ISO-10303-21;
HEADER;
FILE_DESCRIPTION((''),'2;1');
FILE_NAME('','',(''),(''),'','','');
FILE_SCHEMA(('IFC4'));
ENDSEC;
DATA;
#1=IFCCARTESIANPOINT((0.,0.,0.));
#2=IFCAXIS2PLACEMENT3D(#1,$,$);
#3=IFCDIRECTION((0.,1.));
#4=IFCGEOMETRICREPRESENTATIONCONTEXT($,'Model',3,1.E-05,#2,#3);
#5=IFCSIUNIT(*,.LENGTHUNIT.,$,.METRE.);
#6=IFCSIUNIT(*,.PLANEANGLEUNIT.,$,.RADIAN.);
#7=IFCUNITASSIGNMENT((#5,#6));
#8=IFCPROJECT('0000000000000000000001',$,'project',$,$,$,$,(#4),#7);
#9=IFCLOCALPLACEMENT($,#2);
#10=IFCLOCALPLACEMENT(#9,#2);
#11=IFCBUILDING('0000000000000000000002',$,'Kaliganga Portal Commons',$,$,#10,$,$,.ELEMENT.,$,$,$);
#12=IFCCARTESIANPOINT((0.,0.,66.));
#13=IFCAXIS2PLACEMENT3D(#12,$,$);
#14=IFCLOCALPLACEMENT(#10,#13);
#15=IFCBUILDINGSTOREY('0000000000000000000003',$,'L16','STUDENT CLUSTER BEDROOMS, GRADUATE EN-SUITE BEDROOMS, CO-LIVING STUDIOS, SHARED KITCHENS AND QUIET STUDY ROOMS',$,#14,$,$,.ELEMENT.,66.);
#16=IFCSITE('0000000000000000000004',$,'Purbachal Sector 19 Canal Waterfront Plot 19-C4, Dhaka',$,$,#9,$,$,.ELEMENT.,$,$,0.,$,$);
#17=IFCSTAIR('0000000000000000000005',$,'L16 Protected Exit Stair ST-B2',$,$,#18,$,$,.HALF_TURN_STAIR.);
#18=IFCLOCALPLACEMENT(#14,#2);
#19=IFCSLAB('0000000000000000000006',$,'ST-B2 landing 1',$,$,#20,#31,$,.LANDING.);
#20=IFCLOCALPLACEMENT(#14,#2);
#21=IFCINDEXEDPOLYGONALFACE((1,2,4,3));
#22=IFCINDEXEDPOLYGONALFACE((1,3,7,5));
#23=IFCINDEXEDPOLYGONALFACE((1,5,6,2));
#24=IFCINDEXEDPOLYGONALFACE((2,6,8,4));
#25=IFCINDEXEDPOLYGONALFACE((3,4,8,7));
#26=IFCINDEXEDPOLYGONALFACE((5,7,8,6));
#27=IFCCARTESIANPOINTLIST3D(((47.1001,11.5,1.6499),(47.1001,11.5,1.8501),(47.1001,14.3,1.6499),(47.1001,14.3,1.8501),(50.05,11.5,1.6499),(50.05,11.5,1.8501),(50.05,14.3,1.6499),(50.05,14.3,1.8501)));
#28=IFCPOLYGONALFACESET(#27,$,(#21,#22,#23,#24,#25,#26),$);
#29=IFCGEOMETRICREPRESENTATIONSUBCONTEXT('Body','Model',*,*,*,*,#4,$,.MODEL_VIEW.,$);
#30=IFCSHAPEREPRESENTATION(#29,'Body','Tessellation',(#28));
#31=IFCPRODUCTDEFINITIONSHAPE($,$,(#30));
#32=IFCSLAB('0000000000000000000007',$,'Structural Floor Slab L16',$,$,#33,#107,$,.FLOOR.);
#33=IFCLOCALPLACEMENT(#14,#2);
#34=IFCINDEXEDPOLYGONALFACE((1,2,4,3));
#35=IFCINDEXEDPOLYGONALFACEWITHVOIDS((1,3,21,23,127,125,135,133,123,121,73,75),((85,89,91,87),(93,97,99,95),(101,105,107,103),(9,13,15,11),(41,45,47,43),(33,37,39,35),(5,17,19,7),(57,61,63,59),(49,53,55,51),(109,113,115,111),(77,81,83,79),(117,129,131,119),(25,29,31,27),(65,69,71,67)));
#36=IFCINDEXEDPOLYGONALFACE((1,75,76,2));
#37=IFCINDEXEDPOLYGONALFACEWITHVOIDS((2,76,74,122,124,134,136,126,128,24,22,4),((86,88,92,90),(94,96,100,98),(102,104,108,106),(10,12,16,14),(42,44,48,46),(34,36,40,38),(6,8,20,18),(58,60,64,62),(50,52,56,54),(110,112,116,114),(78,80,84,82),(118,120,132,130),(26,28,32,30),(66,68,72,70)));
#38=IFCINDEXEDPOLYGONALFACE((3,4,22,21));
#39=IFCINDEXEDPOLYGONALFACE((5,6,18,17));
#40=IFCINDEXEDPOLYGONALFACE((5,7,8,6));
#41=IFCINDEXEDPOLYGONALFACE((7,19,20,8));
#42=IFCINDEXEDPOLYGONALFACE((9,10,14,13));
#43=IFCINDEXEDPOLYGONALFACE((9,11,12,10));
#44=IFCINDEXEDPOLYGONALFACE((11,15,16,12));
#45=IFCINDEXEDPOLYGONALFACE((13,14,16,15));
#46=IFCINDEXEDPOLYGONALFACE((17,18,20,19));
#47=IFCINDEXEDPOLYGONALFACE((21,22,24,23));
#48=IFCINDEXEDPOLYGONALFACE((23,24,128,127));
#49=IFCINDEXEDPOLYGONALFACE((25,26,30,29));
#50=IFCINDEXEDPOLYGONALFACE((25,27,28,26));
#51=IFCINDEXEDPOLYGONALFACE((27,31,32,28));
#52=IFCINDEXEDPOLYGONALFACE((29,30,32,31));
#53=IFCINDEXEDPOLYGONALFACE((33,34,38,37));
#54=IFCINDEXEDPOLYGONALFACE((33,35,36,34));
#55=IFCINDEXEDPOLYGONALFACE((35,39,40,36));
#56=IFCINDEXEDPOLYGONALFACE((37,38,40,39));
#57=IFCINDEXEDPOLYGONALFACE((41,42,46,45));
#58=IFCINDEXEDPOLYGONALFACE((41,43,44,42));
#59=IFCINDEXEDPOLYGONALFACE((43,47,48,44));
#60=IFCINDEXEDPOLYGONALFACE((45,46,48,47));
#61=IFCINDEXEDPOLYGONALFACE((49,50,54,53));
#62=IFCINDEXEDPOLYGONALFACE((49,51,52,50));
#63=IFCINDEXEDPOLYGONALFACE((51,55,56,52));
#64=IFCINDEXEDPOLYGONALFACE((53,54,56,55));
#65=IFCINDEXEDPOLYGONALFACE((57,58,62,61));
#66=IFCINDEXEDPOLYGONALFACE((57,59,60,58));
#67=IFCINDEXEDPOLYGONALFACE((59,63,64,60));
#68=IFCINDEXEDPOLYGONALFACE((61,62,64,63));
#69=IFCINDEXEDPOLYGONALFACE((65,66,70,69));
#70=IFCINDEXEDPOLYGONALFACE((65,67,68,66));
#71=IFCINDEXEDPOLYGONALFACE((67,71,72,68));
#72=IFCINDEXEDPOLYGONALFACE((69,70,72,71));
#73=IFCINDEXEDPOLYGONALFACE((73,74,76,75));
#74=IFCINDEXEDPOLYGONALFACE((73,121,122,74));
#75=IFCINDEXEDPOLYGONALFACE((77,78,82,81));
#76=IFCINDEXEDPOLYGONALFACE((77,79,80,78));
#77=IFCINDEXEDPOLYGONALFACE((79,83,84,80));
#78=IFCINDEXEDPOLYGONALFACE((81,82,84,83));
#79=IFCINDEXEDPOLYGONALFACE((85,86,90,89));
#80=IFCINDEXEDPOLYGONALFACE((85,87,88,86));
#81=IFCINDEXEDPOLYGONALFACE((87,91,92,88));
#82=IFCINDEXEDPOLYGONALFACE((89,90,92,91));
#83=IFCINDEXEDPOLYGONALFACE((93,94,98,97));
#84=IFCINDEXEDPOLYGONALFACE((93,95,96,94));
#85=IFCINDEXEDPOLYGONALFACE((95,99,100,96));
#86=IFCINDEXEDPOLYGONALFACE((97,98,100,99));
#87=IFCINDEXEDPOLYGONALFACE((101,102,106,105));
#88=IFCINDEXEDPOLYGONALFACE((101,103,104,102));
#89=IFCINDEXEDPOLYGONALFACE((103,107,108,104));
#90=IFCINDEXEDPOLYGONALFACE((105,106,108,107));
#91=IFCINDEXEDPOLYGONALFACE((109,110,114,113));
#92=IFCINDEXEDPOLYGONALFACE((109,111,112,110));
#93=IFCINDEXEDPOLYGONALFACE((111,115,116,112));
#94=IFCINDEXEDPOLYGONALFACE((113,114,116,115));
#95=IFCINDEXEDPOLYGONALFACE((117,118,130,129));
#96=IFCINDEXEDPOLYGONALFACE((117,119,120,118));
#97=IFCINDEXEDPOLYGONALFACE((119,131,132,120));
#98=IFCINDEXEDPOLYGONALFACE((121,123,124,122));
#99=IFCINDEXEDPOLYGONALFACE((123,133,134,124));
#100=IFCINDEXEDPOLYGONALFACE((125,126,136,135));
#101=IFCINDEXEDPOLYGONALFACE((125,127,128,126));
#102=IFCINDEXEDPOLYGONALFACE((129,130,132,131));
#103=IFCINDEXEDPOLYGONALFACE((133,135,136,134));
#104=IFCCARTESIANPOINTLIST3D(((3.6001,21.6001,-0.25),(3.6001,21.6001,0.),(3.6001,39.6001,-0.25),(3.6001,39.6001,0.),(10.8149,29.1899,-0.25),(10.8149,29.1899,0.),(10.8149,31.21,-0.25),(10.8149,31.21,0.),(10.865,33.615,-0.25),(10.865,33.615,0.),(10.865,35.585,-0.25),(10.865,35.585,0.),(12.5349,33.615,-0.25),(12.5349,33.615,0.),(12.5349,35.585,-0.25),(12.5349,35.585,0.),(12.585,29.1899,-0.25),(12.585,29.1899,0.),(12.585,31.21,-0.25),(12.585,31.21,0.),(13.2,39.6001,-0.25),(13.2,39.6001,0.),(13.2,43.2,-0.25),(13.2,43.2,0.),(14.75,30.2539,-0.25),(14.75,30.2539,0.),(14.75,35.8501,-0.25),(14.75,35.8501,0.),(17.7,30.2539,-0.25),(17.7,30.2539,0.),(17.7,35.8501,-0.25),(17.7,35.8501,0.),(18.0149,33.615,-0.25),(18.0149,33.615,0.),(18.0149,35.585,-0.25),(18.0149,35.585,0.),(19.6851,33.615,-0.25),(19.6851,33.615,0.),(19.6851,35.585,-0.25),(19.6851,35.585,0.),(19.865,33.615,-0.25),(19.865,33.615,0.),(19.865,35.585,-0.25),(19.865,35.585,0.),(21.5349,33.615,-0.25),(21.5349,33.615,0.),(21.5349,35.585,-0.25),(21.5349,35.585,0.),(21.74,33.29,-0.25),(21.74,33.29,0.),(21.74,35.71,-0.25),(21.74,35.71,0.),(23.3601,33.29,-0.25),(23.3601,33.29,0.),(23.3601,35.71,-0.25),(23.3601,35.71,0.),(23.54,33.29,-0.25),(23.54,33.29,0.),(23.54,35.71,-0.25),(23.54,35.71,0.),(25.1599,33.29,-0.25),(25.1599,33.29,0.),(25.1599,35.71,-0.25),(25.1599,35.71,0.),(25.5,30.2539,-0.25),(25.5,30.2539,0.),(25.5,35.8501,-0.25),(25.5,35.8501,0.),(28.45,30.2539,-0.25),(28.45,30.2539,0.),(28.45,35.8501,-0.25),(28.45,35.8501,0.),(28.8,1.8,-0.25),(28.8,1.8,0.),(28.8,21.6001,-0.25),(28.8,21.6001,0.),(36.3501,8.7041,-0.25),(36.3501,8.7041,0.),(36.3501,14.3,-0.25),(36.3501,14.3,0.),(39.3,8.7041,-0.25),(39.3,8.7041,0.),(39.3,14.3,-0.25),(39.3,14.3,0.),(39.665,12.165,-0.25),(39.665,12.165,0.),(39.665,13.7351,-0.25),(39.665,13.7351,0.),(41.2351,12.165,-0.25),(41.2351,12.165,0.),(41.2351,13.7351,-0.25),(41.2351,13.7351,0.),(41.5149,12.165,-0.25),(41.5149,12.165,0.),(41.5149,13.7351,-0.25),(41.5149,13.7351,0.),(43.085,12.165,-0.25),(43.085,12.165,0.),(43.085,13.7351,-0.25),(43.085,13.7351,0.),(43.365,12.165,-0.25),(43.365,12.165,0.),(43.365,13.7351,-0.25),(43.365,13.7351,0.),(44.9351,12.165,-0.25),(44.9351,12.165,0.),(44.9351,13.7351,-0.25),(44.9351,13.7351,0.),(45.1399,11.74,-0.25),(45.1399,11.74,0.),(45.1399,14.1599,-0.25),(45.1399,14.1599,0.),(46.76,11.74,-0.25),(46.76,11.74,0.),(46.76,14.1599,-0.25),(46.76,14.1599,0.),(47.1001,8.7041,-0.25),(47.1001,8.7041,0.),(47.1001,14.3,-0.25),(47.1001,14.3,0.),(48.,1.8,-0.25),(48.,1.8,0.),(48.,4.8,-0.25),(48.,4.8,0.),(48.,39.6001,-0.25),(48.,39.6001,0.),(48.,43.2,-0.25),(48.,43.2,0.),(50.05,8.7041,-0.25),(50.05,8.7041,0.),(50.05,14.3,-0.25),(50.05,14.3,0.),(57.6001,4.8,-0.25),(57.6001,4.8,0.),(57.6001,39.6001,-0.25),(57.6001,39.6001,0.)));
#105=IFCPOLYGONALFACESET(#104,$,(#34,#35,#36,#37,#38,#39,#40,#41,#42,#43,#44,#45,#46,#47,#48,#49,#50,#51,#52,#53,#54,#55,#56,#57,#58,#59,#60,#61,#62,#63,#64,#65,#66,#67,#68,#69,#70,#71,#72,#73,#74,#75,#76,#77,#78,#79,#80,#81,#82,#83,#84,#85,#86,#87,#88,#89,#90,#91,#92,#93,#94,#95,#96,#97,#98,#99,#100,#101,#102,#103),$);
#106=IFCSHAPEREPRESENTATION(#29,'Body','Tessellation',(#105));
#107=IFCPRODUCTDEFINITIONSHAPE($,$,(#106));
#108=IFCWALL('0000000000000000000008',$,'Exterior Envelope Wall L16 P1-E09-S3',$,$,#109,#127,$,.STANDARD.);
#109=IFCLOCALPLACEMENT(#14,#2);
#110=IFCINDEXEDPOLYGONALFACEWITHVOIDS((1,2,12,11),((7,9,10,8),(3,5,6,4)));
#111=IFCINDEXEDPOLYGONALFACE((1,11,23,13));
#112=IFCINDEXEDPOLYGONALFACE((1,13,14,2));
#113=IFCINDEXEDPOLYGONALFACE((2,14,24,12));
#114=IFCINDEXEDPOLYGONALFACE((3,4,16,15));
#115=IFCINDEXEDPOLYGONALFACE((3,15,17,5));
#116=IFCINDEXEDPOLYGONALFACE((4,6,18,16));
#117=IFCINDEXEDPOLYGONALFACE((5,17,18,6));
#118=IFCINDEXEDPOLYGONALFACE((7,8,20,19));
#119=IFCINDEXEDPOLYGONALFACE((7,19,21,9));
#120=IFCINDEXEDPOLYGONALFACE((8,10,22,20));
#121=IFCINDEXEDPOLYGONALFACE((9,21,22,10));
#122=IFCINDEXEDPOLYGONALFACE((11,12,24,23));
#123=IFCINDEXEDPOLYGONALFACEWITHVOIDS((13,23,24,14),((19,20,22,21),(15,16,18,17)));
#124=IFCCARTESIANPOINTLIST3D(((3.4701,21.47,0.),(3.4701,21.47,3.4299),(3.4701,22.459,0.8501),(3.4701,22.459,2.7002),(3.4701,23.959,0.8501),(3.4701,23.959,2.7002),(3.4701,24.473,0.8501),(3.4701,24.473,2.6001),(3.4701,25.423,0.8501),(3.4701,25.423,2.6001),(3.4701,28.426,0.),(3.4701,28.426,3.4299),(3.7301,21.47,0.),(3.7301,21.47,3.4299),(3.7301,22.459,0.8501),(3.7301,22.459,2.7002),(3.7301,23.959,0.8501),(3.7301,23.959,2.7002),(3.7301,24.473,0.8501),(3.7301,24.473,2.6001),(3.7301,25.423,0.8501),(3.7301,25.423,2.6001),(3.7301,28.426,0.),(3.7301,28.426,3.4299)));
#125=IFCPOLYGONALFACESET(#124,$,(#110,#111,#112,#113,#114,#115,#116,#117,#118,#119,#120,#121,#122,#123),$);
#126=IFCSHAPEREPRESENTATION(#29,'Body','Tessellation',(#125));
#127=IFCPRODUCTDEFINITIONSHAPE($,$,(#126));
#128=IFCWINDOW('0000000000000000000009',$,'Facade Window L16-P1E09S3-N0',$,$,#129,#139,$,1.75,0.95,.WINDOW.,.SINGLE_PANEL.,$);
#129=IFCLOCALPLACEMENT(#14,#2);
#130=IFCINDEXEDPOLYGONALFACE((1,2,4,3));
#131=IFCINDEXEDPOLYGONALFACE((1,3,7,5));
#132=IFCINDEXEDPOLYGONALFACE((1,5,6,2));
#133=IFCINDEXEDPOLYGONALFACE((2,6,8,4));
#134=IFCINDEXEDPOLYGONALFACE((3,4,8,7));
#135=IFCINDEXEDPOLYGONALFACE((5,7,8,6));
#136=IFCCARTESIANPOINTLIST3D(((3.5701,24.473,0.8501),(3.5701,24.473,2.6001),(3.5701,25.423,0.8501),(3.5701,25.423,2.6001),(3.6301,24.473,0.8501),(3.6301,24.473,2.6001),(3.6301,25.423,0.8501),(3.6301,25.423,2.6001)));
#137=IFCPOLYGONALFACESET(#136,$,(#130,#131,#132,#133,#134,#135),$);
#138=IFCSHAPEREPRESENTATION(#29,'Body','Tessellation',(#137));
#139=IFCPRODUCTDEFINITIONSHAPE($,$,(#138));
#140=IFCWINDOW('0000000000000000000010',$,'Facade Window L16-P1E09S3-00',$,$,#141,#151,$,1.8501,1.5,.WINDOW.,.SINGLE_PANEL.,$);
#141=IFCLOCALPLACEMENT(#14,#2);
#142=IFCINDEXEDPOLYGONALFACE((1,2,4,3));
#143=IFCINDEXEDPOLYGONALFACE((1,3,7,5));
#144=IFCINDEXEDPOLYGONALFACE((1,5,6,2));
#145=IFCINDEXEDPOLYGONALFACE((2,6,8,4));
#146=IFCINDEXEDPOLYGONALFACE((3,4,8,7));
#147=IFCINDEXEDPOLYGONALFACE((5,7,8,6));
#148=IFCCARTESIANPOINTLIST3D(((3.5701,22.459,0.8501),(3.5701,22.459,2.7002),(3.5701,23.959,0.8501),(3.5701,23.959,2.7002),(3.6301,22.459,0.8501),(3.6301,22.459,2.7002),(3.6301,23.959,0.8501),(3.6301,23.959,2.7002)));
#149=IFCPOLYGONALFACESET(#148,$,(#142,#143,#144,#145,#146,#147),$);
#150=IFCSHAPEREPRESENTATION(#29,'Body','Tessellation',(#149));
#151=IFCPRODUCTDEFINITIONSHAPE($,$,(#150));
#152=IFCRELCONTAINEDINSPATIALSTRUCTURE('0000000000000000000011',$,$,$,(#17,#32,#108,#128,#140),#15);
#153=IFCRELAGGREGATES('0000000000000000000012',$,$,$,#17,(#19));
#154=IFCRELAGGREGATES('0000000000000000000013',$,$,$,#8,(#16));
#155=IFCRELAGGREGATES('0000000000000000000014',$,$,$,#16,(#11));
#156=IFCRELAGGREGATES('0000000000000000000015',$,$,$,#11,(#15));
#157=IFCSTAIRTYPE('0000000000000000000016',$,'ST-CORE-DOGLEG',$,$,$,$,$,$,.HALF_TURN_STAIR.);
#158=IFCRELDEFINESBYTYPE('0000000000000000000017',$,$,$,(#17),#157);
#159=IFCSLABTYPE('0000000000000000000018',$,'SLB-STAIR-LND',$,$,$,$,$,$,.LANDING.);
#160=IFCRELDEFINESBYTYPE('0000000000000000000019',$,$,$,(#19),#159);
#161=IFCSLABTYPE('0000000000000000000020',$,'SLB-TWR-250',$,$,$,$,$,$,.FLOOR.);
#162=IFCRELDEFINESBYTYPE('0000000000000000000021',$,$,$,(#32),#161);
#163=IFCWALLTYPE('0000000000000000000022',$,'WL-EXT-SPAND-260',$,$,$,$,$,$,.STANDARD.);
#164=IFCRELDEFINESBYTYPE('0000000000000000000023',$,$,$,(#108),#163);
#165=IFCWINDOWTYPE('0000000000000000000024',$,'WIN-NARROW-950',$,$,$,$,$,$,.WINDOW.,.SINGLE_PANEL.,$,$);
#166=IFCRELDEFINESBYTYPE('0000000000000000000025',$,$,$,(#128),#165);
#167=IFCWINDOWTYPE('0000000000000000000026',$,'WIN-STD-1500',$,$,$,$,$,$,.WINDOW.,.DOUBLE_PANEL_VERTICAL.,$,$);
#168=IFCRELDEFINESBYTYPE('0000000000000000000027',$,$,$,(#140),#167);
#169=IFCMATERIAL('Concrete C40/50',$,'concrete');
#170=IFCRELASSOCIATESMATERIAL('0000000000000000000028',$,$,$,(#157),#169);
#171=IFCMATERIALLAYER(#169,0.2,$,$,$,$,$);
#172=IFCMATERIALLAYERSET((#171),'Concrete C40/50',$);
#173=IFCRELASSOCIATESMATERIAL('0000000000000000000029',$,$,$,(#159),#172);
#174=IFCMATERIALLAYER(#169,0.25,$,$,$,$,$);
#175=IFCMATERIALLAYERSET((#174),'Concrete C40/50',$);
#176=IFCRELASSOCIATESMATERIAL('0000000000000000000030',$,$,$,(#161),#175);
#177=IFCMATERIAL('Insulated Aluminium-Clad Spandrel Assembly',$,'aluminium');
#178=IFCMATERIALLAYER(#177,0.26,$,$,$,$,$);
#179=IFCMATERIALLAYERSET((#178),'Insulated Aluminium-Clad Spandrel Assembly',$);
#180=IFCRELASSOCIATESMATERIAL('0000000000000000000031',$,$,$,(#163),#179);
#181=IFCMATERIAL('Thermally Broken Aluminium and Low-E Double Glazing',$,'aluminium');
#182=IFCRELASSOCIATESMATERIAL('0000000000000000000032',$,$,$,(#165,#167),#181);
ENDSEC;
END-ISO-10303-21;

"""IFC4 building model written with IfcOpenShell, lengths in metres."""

from ifc_helpers import new_model, si_unit, direction, frame, frame_2d, origin, place, context, subcontext, project, spatial, polyline, rectangle, outline, extrude, material, layer, layer_set, type_object, element, fill, aggregate, save


model = new_model("IFC4")

# Units and contexts
model_context = context("Model", 3, precision=1e-05, world=origin(), true_north=direction((0.0, 1.0)))
body_context = subcontext(model_context, "Body", "Model", "MODEL_VIEW")
ifc_project = project(units=[si_unit("LENGTHUNIT", "METRE"), si_unit("PLANEANGLEUNIT", "RADIAN")], contexts=[model_context])

# Site, building, storey
site_placement = place(None, origin())
site = spatial("IfcSite", under=ifc_project, at=site_placement, Name="Purbachal Sector 19 Canal Waterfront Plot 19-C4, Dhaka", CompositionType="ELEMENT", RefElevation=0.0)
building_placement = place(site_placement, origin())
building = spatial("IfcBuilding", under=site, at=building_placement, Name="Kaliganga Portal Commons", CompositionType="ELEMENT")
storey_placement = place(building_placement, frame((0.0, 0.0, 66.0)))
storey = spatial("IfcBuildingStorey", under=building, at=storey_placement, Name="L16", Description="STUDENT CLUSTER BEDROOMS, GRADUATE EN-SUITE BEDROOMS, CO-LIVING STUDIOS, SHARED KITCHENS AND QUIET STUDY ROOMS", CompositionType="ELEMENT", Elevation=66.0)

# Shared definitions
ifc_material_1 = material(Name="Concrete C40/50", Category="concrete")

# Stair, slab
stair_type = type_object("IfcStairType", Name="ST-CORE-DOGLEG", PredefinedType="HALF_TURN_STAIR", material=ifc_material_1)
ifc_layer_1 = layer(ifc_material_1, 0.2)
ifc_layer_set_1 = layer_set([ifc_layer_1], Name="Concrete C40/50")
slab_type_1 = type_object("IfcSlabType", Name="SLB-STAIR-LND", PredefinedType="LANDING", material=ifc_layer_set_1)
stair_1_placement = place(storey_placement, origin())
stair_1 = element("IfcStair", 1, at=stair_1_placement, inside=storey, type_object=stair_type, Name="L16 Protected Exit Stair ST-B2", PredefinedType="HALF_TURN_STAIR")
slab_1_placement = place(storey_placement, frame((0.0, 0.0, 1.6499)))
slab_1 = element("IfcSlab", 2, at=slab_1_placement, type_object=slab_type_1, Name="ST-B2 landing 1", PredefinedType="LANDING", context=body_context, shape_type="SweptSolid", body=[
    extrude(outline(polyline([(50.05, 11.5), (50.05, 14.3), (47.1001, 14.3), (47.1001, 11.5), (50.05, 11.5)])), origin(), (0.0, 0.0, 1.0), 0.2002),
])
aggregate(stair_1, [slab_1])

# Slab
ifc_layer_2 = layer(ifc_material_1, 0.25)
ifc_layer_set_2 = layer_set([ifc_layer_2], Name="Concrete C40/50")
slab_type_2 = type_object("IfcSlabType", Name="SLB-TWR-250", PredefinedType="FLOOR", material=ifc_layer_set_2)
slab_2_placement = place(storey_placement, frame((0.0, 0.0, -0.25)))
element("IfcSlab", 3, at=slab_2_placement, inside=storey, type_object=slab_type_2, Name="Structural Floor Slab L16", PredefinedType="FLOOR", context=body_context, shape_type="SweptSolid", body=[
    extrude(outline(polyline([(28.8, 1.8), (48.0, 1.8), (48.0, 4.8), (57.6001, 4.8), (57.6001, 39.6001), (48.0, 39.6001), (48.0, 43.2), (13.2, 43.2), (13.2, 39.6001), (3.6001, 39.6001), (3.6001, 21.6001), (28.8, 21.6001), (28.8, 1.8)]), holes=[polyline([(14.75, 30.2539), (14.75, 35.8501), (17.7, 35.8501), (17.7, 30.2539), (14.75, 30.2539)]), polyline([(25.5, 30.2539), (25.5, 35.8501), (28.45, 35.8501), (28.45, 30.2539), (25.5, 30.2539)]), polyline([(36.3501, 8.7041), (36.3501, 14.3), (39.3, 14.3), (39.3, 8.7041), (36.3501, 8.7041)]), polyline([(47.1001, 8.7041), (47.1001, 14.3), (50.05, 14.3), (50.05, 8.7041), (47.1001, 8.7041)]), polyline([(18.0149, 33.615), (18.0149, 35.585), (19.6851, 35.585), (19.6851, 33.615), (18.0149, 33.615)]), polyline([(19.865, 33.615), (19.865, 35.585), (21.5349, 35.585), (21.5349, 33.615), (19.865, 33.615)]), polyline([(10.8149, 29.1899), (10.8149, 31.21), (12.585, 31.21), (12.585, 29.1899), (10.8149, 29.1899)]), polyline([(10.865, 33.615), (10.865, 35.585), (12.5349, 35.585), (12.5349, 33.615), (10.865, 33.615)]), polyline([(21.74, 33.29), (21.74, 35.71), (23.3601, 35.71), (23.3601, 33.29), (21.74, 33.29)]), polyline([(23.54, 33.29), (23.54, 35.71), (25.1599, 35.71), (25.1599, 33.29), (23.54, 33.29)]), polyline([(39.665, 12.165), (39.665, 13.7351), (41.2351, 13.7351), (41.2351, 12.165), (39.665, 12.165)]), polyline([(41.5149, 12.165), (41.5149, 13.7351), (43.085, 13.7351), (43.085, 12.165), (41.5149, 12.165)]), polyline([(43.365, 12.165), (43.365, 13.7351), (44.9351, 13.7351), (44.9351, 12.165), (43.365, 12.165)]), polyline([(45.1399, 11.74), (45.1399, 14.1599), (46.76, 14.1599), (46.76, 11.74), (45.1399, 11.74)])]), origin(), (0.0, 0.0, 1.0), 0.25),
])

# Wall, openings, windows
ifc_material_2 = material(Name="Insulated Aluminium-Clad Spandrel Assembly", Category="aluminium")
ifc_layer_3 = layer(ifc_material_2, 0.26)
ifc_layer_set_3 = layer_set([ifc_layer_3], Name="Insulated Aluminium-Clad Spandrel Assembly")
wall_type_1 = type_object("IfcWallType", Name="WL-EXT-SPAND-260", PredefinedType="STANDARD", material=ifc_layer_set_3)
wall_1_placement = place(storey_placement, frame((3.6001, 21.47, 0.0), z_axis=(0.0, 0.0, 1.0), x_axis=(0.0, 1.0, 0.0)))
wall_1 = element("IfcWall", 4, at=wall_1_placement, inside=storey, type_object=wall_type_1, Name="Exterior Envelope Wall L16 P1-E09-S3", PredefinedType="STANDARD", context=body_context, shape_type="SweptSolid", body=[
    extrude(rectangle(XDim=6.9561, YDim=0.26, at=frame_2d((3.478, 0.0))), origin(), (0.0, 0.0, 1.0), 3.4299),
])
opening_1_placement = place(wall_1_placement, frame((0.989, 0.0, 0.8501)))
opening_1 = element("IfcOpeningElement", 5, at=opening_1_placement, cuts=wall_1, PredefinedType="OPENING", context=body_context, shape_type="SweptSolid", body=[
    extrude(rectangle(XDim=1.5, YDim=1.8501, at=frame_2d((0.75, 0.925))), frame((0.0, 0.1401, 0.0), z_axis=(0.0, -1.0, 0.0), x_axis=(1.0, 0.0, 0.0)), (0.0, 0.0, 1.0), 0.28),
])
opening_2_placement = place(wall_1_placement, frame((3.0029, 0.0, 0.8501)))
opening_2 = element("IfcOpeningElement", 6, at=opening_2_placement, cuts=wall_1, PredefinedType="OPENING", context=body_context, shape_type="SweptSolid", body=[
    extrude(rectangle(XDim=0.95, YDim=1.75, at=frame_2d((0.4751, 0.875))), frame((0.0, 0.1401, 0.0), z_axis=(0.0, -1.0, 0.0), x_axis=(1.0, 0.0, 0.0)), (0.0, 0.0, 1.0), 0.28),
])
ifc_material_3 = material(Name="Thermally Broken Aluminium and Low-E Double Glazing", Category="aluminium")
window_type_1 = type_object("IfcWindowType", Name="WIN-NARROW-950", PartitioningType="SINGLE_PANEL", PredefinedType="WINDOW", material=ifc_material_3)
window_1_placement = place(opening_2_placement, origin())
window_1 = element("IfcWindow", 7, at=window_1_placement, inside=storey, type_object=window_type_1, Name="Facade Window L16-P1E09S3-N0", OverallHeight=1.75, OverallWidth=0.95, PartitioningType="SINGLE_PANEL", PredefinedType="WINDOW", context=body_context, shape_type="SweptSolid", body=[
    extrude(rectangle(XDim=0.95, YDim=1.75, at=frame_2d((0.4751, 0.875))), frame((0.0, 0.03, 0.0), z_axis=(0.0, -1.0, 0.0), x_axis=(1.0, 0.0, 0.0)), (0.0, 0.0, 1.0), 0.0601),
])
fill(opening_2, window_1)
window_type_2 = type_object("IfcWindowType", Name="WIN-STD-1500", PartitioningType="DOUBLE_PANEL_VERTICAL", PredefinedType="WINDOW", material=ifc_material_3)
window_2_placement = place(opening_1_placement, origin())
window_2 = element("IfcWindow", 8, at=window_2_placement, inside=storey, type_object=window_type_2, Name="Facade Window L16-P1E09S3-00", OverallHeight=1.8501, OverallWidth=1.5, PartitioningType="SINGLE_PANEL", PredefinedType="WINDOW", context=body_context, shape_type="SweptSolid", body=[
    extrude(rectangle(XDim=1.5, YDim=1.8501, at=frame_2d((0.75, 0.925))), frame((0.0, 0.03, 0.0), z_axis=(0.0, -1.0, 0.0), x_axis=(1.0, 0.0, 0.0)), (0.0, 0.0, 1.0), 0.0601),
])
fill(opening_1, window_2)

save(model, "model.ifc")
